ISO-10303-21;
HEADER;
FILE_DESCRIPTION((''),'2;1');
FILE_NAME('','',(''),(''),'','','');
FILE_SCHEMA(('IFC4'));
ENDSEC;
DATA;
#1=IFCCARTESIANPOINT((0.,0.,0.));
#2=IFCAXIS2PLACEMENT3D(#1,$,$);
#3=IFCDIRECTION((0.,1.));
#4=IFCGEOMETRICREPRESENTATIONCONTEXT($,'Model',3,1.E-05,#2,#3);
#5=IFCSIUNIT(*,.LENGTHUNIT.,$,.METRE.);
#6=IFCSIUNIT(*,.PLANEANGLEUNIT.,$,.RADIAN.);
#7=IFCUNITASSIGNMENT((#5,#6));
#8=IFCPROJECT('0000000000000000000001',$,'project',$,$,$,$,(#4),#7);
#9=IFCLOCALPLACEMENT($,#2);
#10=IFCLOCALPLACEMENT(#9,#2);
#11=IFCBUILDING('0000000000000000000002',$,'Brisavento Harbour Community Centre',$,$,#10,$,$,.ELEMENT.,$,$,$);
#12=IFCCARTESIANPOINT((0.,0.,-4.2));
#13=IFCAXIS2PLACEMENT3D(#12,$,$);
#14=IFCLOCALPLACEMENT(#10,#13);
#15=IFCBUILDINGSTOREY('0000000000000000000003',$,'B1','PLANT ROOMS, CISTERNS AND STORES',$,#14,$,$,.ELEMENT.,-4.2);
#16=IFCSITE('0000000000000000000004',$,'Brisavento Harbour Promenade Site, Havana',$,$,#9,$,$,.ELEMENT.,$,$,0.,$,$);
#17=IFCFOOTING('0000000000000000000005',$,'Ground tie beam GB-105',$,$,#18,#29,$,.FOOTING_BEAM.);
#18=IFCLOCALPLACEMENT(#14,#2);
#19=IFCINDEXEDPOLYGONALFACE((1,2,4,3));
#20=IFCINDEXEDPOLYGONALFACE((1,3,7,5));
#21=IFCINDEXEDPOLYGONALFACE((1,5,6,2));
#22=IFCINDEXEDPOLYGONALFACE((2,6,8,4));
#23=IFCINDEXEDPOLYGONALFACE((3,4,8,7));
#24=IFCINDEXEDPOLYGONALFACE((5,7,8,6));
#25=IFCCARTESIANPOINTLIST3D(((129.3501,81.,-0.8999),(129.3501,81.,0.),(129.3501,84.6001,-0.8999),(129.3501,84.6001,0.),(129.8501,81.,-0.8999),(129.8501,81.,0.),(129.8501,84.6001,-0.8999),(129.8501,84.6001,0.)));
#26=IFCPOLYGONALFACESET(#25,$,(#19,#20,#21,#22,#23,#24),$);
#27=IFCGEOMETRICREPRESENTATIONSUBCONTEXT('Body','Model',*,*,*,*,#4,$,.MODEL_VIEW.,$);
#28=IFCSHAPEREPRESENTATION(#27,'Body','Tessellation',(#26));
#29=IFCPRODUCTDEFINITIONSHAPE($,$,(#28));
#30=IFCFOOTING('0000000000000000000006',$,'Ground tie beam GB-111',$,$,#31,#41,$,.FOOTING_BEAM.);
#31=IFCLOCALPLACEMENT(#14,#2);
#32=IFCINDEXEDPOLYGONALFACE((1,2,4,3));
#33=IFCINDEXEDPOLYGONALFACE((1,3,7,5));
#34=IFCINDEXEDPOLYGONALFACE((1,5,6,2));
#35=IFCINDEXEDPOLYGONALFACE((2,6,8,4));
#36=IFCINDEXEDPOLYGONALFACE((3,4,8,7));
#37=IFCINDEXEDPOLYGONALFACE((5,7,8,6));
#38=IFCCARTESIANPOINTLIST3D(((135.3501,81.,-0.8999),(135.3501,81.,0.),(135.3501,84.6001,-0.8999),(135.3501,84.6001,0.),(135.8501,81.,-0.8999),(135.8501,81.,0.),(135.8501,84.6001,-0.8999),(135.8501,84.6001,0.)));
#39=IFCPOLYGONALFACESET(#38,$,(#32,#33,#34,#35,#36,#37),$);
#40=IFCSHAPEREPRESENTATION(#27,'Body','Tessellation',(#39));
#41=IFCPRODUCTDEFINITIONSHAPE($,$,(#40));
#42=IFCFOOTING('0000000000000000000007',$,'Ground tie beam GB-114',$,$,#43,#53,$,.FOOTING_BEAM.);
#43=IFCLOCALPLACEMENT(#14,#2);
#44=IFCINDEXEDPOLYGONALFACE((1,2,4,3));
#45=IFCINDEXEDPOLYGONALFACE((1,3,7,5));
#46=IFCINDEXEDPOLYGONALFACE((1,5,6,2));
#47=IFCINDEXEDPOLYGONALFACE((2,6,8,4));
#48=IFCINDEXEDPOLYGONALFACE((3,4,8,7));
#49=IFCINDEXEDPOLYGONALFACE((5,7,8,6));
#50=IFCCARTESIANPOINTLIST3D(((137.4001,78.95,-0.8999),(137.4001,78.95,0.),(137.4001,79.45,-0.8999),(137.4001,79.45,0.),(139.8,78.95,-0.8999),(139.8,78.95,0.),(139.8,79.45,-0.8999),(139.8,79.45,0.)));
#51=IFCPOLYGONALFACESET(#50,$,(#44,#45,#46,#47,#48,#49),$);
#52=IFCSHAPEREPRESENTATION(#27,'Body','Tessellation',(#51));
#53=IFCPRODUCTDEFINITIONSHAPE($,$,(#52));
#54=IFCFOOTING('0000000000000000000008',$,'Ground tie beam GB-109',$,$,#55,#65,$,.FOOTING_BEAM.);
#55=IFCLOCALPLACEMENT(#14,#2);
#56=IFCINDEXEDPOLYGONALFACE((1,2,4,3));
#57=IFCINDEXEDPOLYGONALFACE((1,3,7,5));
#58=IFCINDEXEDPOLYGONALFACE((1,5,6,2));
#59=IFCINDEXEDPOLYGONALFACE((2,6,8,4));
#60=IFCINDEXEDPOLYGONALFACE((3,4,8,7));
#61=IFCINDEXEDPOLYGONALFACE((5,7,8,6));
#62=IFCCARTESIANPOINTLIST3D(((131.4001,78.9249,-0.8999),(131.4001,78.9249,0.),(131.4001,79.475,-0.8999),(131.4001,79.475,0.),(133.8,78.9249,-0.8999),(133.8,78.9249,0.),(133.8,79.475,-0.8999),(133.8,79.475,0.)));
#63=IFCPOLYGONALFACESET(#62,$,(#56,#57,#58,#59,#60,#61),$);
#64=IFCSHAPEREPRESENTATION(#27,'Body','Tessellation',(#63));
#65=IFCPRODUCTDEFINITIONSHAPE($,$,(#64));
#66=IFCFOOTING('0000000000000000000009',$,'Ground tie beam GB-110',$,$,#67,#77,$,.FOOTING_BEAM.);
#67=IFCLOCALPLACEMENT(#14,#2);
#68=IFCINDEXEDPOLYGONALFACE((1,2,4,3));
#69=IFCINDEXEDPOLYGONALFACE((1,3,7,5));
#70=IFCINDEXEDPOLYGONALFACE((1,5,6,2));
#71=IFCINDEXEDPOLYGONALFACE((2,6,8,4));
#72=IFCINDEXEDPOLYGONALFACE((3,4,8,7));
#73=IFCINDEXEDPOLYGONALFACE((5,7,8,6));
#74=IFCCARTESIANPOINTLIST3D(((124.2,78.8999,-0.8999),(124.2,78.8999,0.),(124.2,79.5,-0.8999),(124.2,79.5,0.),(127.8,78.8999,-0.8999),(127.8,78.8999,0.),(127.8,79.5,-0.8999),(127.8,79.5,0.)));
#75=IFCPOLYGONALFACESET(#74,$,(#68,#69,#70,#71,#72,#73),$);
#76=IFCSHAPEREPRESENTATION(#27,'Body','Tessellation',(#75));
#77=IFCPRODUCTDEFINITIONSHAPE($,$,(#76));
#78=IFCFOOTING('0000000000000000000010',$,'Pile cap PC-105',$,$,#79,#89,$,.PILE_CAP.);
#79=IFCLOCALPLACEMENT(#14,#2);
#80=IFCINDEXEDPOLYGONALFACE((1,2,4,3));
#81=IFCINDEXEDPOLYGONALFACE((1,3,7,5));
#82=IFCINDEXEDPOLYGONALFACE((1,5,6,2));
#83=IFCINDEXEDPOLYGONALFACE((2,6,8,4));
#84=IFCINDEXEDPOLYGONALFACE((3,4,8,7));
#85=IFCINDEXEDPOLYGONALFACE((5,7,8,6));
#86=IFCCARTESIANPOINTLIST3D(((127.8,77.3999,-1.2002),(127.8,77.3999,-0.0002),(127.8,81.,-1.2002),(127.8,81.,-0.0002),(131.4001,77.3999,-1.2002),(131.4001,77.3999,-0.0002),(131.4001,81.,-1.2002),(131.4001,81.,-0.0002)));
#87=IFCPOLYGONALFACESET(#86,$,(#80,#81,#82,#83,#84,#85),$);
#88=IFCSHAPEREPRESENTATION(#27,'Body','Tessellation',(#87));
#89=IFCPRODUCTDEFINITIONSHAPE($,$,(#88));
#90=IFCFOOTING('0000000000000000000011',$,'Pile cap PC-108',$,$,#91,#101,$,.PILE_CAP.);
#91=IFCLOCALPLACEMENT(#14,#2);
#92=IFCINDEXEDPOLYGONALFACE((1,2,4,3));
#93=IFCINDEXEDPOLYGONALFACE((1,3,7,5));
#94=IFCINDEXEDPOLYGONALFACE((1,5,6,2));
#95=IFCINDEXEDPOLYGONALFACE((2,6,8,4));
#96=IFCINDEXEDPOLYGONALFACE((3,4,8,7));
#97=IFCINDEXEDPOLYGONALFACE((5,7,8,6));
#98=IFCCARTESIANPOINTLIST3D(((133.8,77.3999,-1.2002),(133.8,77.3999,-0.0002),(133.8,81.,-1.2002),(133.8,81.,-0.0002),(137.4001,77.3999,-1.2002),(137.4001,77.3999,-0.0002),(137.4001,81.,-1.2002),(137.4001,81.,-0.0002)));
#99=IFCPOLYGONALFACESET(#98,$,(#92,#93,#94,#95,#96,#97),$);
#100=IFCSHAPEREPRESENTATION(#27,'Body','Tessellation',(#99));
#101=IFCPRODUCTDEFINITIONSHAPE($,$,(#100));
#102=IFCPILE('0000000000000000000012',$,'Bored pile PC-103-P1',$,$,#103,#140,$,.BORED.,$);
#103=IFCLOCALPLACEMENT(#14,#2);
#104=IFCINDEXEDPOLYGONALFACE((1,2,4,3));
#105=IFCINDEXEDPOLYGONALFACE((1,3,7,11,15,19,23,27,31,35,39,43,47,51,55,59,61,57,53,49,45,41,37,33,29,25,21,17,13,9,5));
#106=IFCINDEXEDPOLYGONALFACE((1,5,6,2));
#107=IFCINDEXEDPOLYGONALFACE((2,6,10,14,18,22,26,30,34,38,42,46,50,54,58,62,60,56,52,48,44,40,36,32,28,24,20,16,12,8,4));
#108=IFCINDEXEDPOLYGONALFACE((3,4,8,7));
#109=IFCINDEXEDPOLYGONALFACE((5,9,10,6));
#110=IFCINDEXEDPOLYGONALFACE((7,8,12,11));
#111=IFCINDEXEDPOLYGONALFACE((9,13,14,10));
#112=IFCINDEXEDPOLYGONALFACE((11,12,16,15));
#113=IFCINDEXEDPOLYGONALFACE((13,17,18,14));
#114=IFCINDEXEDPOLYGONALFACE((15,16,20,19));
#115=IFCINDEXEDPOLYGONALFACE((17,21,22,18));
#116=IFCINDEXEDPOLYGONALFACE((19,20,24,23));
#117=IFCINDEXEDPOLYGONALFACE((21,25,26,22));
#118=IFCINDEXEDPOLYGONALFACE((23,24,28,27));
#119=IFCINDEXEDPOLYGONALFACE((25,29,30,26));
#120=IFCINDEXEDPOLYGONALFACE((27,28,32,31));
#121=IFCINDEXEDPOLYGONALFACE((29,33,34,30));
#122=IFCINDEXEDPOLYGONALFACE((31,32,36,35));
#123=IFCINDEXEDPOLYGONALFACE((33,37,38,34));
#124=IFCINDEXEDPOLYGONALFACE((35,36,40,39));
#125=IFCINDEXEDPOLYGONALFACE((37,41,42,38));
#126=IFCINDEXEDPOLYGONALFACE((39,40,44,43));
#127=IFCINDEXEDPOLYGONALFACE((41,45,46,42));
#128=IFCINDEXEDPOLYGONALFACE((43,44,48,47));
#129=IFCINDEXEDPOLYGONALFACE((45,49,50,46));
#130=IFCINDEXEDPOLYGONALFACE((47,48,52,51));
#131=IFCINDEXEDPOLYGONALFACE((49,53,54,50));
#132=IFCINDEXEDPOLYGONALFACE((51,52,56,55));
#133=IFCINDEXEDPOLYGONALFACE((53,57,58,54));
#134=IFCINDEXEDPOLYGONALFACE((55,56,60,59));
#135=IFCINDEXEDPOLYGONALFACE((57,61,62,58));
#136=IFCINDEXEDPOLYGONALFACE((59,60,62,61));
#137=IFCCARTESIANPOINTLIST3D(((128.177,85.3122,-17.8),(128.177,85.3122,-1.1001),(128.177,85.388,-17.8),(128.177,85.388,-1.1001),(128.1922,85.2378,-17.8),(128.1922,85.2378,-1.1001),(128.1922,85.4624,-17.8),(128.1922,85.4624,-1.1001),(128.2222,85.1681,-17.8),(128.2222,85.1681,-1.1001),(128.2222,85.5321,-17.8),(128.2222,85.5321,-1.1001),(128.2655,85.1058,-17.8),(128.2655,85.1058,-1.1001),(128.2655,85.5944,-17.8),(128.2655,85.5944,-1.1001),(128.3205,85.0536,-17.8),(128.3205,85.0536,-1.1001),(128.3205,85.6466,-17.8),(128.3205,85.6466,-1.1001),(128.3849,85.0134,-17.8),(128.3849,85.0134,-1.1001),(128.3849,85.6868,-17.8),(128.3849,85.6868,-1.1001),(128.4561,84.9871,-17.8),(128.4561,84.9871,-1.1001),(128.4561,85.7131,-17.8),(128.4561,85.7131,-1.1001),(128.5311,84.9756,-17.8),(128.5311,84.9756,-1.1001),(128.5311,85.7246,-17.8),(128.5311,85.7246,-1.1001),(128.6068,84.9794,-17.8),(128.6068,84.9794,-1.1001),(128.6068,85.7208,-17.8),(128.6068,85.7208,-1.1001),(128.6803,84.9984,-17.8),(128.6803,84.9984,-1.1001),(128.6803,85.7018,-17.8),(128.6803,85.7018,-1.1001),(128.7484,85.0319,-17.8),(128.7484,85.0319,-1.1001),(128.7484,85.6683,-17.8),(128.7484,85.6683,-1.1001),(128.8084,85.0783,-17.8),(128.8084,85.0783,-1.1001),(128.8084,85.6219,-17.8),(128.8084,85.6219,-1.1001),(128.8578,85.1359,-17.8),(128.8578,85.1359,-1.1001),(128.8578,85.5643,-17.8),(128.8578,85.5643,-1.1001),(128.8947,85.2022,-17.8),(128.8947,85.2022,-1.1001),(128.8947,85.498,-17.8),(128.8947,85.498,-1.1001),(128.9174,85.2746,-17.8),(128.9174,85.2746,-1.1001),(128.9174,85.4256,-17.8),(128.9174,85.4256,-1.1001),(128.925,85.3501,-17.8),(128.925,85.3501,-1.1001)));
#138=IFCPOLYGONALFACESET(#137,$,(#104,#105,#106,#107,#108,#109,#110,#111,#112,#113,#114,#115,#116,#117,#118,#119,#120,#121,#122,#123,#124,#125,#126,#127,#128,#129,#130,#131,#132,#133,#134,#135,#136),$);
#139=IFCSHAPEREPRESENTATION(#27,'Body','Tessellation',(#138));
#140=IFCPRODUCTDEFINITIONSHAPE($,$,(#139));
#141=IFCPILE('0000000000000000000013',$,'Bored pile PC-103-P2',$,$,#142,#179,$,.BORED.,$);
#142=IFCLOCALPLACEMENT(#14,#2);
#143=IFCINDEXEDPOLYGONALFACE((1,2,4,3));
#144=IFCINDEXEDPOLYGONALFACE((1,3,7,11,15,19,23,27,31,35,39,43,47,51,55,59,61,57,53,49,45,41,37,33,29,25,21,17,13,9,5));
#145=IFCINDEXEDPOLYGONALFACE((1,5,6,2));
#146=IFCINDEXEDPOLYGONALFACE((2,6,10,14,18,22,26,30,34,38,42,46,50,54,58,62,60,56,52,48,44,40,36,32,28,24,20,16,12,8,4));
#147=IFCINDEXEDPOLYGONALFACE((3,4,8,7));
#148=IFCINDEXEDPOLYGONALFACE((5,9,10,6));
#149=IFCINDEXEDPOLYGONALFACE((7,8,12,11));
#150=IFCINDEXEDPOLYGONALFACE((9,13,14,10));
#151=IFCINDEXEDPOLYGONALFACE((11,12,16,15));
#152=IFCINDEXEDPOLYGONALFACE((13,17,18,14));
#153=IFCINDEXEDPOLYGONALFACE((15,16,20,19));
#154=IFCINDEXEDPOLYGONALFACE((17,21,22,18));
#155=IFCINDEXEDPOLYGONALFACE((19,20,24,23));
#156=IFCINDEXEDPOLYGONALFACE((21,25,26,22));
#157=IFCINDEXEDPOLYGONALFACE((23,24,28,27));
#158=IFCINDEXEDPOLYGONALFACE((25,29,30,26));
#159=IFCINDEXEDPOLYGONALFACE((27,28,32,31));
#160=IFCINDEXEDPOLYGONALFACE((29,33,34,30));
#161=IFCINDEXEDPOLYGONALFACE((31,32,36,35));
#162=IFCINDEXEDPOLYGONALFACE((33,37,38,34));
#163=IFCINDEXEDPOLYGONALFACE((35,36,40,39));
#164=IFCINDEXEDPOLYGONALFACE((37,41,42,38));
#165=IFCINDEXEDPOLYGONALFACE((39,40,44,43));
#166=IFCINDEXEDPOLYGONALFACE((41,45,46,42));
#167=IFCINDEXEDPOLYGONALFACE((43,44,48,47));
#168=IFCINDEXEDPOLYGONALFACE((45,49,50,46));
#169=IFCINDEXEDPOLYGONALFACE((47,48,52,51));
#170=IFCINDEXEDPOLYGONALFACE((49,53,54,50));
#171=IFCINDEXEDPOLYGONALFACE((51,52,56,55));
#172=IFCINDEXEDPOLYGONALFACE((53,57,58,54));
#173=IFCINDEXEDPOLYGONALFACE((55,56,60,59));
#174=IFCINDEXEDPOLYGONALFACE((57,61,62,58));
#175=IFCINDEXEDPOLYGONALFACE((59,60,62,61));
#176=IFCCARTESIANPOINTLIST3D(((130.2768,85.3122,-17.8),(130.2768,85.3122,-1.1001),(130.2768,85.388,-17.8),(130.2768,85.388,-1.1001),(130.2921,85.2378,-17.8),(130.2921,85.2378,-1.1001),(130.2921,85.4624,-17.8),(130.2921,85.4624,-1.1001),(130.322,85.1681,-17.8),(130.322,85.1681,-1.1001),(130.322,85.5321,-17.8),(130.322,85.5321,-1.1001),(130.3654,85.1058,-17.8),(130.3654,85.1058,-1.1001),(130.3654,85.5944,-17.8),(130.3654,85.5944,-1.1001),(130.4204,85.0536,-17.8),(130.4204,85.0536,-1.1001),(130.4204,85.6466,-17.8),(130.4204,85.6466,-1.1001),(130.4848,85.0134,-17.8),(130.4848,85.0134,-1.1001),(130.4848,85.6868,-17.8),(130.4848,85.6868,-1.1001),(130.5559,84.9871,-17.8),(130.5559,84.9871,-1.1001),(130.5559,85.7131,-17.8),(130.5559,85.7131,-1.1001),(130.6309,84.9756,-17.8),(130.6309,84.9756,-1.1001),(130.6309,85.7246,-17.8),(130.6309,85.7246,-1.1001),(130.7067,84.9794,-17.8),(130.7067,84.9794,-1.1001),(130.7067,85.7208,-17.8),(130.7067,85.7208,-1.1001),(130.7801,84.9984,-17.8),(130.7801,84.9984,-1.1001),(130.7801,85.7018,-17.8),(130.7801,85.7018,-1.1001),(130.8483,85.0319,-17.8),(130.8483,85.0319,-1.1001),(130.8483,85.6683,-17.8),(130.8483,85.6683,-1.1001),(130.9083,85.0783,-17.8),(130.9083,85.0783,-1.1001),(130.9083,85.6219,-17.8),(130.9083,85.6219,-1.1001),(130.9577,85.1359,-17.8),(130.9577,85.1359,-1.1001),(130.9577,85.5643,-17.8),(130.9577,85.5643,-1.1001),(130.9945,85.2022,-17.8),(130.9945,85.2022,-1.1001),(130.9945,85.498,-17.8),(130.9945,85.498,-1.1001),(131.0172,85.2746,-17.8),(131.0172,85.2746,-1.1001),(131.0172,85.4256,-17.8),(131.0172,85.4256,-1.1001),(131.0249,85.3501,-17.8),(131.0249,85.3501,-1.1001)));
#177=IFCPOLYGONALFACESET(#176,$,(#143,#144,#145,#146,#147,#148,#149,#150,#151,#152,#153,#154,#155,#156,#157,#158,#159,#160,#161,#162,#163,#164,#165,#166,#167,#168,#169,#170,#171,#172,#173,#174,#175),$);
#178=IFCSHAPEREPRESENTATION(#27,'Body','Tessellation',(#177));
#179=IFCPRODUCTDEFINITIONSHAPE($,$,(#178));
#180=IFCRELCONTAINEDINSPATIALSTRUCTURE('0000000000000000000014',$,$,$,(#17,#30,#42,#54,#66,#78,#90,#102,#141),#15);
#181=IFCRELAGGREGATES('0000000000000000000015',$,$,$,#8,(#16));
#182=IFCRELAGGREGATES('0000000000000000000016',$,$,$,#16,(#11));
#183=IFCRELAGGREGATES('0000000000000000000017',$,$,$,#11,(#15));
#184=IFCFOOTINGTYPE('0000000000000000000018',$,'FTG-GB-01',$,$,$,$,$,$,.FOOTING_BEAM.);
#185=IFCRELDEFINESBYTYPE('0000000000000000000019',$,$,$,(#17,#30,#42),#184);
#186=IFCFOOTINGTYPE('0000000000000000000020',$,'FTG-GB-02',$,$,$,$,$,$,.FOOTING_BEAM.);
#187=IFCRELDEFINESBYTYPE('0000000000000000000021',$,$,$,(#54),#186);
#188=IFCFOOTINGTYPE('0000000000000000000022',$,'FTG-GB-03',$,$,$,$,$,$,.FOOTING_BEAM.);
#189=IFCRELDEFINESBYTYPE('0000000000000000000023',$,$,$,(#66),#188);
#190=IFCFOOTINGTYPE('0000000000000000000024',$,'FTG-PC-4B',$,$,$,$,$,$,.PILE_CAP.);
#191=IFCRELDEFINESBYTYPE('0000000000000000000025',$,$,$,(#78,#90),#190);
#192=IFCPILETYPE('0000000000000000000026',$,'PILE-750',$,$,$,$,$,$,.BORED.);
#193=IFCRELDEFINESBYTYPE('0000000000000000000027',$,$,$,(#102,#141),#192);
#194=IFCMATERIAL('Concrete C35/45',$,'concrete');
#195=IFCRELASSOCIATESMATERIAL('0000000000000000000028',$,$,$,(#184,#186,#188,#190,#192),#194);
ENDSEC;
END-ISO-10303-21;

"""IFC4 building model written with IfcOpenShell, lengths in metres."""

from ifc_helpers import new_model, si_unit, direction, frame, origin, origin_2d, place, context, subcontext, project, spatial, rectangle, circle, extrude, material, material_profile, profile_set, type_object, element, save


model = new_model("IFC4")

# Units and contexts
model_context = context("Model", 3, precision=1e-05, world=origin(), true_north=direction((0.0, 1.0)))
body_context = subcontext(model_context, "Body", "Model", "MODEL_VIEW")
ifc_project = project(units=[si_unit("LENGTHUNIT", "METRE"), si_unit("PLANEANGLEUNIT", "RADIAN")], contexts=[model_context])

# Site, building, storey
site_placement = place(None, origin())
site = spatial("IfcSite", under=ifc_project, at=site_placement, Name="Brisavento Harbour Promenade Site, Havana", CompositionType="ELEMENT", RefElevation=0.0)
building_placement = place(site_placement, origin())
building = spatial("IfcBuilding", under=site, at=building_placement, Name="Brisavento Harbour Community Centre", CompositionType="ELEMENT")
storey_placement = place(building_placement, frame((0.0, 0.0, -4.2)))
storey = spatial("IfcBuildingStorey", under=building, at=storey_placement, Name="B1", Description="PLANT ROOMS, CISTERNS AND STORES", CompositionType="ELEMENT", Elevation=-4.2)

# Footings
ifc_material_1 = material(Name="Concrete C35/45", Category="concrete")
footing_type_1 = type_object("IfcFootingType", Name="FTG-GB-01", PredefinedType="FOOTING_BEAM", material=ifc_material_1)
for number, where, z_axis, x_axis, name in (
    (1, (129.6001, 82.8, -0.8999), (0.0, 0.0, 1.0), (1.0, 0.0, 0.0), "Ground tie beam GB-105"),
    (2, (135.6001, 82.8, -0.8999), (0.0, 0.0, 1.0), (1.0, 0.0, 0.0), "Ground tie beam GB-111"),
):
    element("IfcFooting", number, at=place(storey_placement, frame(where, z_axis=z_axis, x_axis=x_axis)), inside=storey, type_object=footing_type_1, Name=name, PredefinedType="FOOTING_BEAM", context=body_context, shape_type="SweptSolid", body=[
        extrude(rectangle(XDim=0.5, YDim=3.6001, at=origin_2d()), origin(), (0.0, 0.0, 1.0), 0.8999),
    ])
footing_1_placement = place(storey_placement, frame((138.6001, 79.2, -0.8999), z_axis=(0.0, 0.0, 1.0), x_axis=(1.0, 0.0, 0.0)))
element("IfcFooting", 3, at=footing_1_placement, inside=storey, type_object=footing_type_1, Name="Ground tie beam GB-114", PredefinedType="FOOTING_BEAM", context=body_context, shape_type="SweptSolid", body=[
    extrude(rectangle(XDim=2.3999, YDim=0.5, at=origin_2d()), origin(), (0.0, 0.0, 1.0), 0.8999),
])
footing_type_2 = type_object("IfcFootingType", Name="FTG-GB-02", PredefinedType="FOOTING_BEAM", material=ifc_material_1)
footing_2_placement = place(storey_placement, frame((132.6001, 79.2, -0.8999), z_axis=(0.0, 0.0, 1.0), x_axis=(1.0, 0.0, 0.0)))
element("IfcFooting", 4, at=footing_2_placement, inside=storey, type_object=footing_type_2, Name="Ground tie beam GB-109", PredefinedType="FOOTING_BEAM", context=body_context, shape_type="SweptSolid", body=[
    extrude(rectangle(XDim=2.3999, YDim=0.55, at=origin_2d()), origin(), (0.0, 0.0, 1.0), 0.8999),
])
footing_type_3 = type_object("IfcFootingType", Name="FTG-GB-03", PredefinedType="FOOTING_BEAM", material=ifc_material_1)
footing_3_placement = place(storey_placement, frame((126.0, 79.2, -0.8999), z_axis=(0.0, 0.0, 1.0), x_axis=(1.0, 0.0, 0.0)))
element("IfcFooting", 5, at=footing_3_placement, inside=storey, type_object=footing_type_3, Name="Ground tie beam GB-110", PredefinedType="FOOTING_BEAM", context=body_context, shape_type="SweptSolid", body=[
    extrude(rectangle(XDim=3.6001, YDim=0.6001, at=origin_2d()), origin(), (0.0, 0.0, 1.0), 0.8999),
])
footing_type_4 = type_object("IfcFootingType", Name="FTG-PC-4B", PredefinedType="PILE_CAP", material=ifc_material_1)
for number, where, z_axis, x_axis, name in (
    (6, (129.6001, 79.2, -1.2002), (0.0, 0.0, 1.0), (1.0, 0.0, 0.0), "Pile cap PC-105"),
    (7, (135.6001, 79.2, -1.2002), (0.0, 0.0, 1.0), (1.0, 0.0, 0.0), "Pile cap PC-108"),
):
    element("IfcFooting", number, at=place(storey_placement, frame(where, z_axis=z_axis, x_axis=x_axis)), inside=storey, type_object=footing_type_4, Name=name, PredefinedType="PILE_CAP", context=body_context, shape_type="SweptSolid", body=[
        extrude(rectangle(XDim=3.6001, YDim=3.6001, at=origin_2d()), origin(), (0.0, 0.0, 1.0), 1.2),
    ])

# Piles
ifc_material_profile_1 = material_profile(ifc_material_1, circle(Radius=0.375, at=origin_2d()), Name="Concrete C35/45")
ifc_profile_set_1 = profile_set([ifc_material_profile_1], Name="Concrete C35/45")
pile_type = type_object("IfcPileType", Name="PILE-750", PredefinedType="BORED", material=ifc_profile_set_1)
for number, where, z_axis, x_axis, name in (
    (8, (128.55, 85.3501, -1.1001), (0.0, 0.0, -1.0), (1.0, 0.0, 0.0), "Bored pile PC-103-P1"),
    (9, (130.6499, 85.3501, -1.1001), (0.0, 0.0, -1.0), (1.0, 0.0, 0.0), "Bored pile PC-103-P2"),
):
    element("IfcPile", number, at=place(storey_placement, frame(where, z_axis=z_axis, x_axis=x_axis)), inside=storey, type_object=pile_type, Name=name, PredefinedType="BORED", context=body_context, shape_type="SweptSolid", body=[
        extrude(circle(Radius=0.375, at=origin_2d()), origin(), (0.0, 0.0, 1.0), 16.7),
    ])

save(model, "model.ifc")
